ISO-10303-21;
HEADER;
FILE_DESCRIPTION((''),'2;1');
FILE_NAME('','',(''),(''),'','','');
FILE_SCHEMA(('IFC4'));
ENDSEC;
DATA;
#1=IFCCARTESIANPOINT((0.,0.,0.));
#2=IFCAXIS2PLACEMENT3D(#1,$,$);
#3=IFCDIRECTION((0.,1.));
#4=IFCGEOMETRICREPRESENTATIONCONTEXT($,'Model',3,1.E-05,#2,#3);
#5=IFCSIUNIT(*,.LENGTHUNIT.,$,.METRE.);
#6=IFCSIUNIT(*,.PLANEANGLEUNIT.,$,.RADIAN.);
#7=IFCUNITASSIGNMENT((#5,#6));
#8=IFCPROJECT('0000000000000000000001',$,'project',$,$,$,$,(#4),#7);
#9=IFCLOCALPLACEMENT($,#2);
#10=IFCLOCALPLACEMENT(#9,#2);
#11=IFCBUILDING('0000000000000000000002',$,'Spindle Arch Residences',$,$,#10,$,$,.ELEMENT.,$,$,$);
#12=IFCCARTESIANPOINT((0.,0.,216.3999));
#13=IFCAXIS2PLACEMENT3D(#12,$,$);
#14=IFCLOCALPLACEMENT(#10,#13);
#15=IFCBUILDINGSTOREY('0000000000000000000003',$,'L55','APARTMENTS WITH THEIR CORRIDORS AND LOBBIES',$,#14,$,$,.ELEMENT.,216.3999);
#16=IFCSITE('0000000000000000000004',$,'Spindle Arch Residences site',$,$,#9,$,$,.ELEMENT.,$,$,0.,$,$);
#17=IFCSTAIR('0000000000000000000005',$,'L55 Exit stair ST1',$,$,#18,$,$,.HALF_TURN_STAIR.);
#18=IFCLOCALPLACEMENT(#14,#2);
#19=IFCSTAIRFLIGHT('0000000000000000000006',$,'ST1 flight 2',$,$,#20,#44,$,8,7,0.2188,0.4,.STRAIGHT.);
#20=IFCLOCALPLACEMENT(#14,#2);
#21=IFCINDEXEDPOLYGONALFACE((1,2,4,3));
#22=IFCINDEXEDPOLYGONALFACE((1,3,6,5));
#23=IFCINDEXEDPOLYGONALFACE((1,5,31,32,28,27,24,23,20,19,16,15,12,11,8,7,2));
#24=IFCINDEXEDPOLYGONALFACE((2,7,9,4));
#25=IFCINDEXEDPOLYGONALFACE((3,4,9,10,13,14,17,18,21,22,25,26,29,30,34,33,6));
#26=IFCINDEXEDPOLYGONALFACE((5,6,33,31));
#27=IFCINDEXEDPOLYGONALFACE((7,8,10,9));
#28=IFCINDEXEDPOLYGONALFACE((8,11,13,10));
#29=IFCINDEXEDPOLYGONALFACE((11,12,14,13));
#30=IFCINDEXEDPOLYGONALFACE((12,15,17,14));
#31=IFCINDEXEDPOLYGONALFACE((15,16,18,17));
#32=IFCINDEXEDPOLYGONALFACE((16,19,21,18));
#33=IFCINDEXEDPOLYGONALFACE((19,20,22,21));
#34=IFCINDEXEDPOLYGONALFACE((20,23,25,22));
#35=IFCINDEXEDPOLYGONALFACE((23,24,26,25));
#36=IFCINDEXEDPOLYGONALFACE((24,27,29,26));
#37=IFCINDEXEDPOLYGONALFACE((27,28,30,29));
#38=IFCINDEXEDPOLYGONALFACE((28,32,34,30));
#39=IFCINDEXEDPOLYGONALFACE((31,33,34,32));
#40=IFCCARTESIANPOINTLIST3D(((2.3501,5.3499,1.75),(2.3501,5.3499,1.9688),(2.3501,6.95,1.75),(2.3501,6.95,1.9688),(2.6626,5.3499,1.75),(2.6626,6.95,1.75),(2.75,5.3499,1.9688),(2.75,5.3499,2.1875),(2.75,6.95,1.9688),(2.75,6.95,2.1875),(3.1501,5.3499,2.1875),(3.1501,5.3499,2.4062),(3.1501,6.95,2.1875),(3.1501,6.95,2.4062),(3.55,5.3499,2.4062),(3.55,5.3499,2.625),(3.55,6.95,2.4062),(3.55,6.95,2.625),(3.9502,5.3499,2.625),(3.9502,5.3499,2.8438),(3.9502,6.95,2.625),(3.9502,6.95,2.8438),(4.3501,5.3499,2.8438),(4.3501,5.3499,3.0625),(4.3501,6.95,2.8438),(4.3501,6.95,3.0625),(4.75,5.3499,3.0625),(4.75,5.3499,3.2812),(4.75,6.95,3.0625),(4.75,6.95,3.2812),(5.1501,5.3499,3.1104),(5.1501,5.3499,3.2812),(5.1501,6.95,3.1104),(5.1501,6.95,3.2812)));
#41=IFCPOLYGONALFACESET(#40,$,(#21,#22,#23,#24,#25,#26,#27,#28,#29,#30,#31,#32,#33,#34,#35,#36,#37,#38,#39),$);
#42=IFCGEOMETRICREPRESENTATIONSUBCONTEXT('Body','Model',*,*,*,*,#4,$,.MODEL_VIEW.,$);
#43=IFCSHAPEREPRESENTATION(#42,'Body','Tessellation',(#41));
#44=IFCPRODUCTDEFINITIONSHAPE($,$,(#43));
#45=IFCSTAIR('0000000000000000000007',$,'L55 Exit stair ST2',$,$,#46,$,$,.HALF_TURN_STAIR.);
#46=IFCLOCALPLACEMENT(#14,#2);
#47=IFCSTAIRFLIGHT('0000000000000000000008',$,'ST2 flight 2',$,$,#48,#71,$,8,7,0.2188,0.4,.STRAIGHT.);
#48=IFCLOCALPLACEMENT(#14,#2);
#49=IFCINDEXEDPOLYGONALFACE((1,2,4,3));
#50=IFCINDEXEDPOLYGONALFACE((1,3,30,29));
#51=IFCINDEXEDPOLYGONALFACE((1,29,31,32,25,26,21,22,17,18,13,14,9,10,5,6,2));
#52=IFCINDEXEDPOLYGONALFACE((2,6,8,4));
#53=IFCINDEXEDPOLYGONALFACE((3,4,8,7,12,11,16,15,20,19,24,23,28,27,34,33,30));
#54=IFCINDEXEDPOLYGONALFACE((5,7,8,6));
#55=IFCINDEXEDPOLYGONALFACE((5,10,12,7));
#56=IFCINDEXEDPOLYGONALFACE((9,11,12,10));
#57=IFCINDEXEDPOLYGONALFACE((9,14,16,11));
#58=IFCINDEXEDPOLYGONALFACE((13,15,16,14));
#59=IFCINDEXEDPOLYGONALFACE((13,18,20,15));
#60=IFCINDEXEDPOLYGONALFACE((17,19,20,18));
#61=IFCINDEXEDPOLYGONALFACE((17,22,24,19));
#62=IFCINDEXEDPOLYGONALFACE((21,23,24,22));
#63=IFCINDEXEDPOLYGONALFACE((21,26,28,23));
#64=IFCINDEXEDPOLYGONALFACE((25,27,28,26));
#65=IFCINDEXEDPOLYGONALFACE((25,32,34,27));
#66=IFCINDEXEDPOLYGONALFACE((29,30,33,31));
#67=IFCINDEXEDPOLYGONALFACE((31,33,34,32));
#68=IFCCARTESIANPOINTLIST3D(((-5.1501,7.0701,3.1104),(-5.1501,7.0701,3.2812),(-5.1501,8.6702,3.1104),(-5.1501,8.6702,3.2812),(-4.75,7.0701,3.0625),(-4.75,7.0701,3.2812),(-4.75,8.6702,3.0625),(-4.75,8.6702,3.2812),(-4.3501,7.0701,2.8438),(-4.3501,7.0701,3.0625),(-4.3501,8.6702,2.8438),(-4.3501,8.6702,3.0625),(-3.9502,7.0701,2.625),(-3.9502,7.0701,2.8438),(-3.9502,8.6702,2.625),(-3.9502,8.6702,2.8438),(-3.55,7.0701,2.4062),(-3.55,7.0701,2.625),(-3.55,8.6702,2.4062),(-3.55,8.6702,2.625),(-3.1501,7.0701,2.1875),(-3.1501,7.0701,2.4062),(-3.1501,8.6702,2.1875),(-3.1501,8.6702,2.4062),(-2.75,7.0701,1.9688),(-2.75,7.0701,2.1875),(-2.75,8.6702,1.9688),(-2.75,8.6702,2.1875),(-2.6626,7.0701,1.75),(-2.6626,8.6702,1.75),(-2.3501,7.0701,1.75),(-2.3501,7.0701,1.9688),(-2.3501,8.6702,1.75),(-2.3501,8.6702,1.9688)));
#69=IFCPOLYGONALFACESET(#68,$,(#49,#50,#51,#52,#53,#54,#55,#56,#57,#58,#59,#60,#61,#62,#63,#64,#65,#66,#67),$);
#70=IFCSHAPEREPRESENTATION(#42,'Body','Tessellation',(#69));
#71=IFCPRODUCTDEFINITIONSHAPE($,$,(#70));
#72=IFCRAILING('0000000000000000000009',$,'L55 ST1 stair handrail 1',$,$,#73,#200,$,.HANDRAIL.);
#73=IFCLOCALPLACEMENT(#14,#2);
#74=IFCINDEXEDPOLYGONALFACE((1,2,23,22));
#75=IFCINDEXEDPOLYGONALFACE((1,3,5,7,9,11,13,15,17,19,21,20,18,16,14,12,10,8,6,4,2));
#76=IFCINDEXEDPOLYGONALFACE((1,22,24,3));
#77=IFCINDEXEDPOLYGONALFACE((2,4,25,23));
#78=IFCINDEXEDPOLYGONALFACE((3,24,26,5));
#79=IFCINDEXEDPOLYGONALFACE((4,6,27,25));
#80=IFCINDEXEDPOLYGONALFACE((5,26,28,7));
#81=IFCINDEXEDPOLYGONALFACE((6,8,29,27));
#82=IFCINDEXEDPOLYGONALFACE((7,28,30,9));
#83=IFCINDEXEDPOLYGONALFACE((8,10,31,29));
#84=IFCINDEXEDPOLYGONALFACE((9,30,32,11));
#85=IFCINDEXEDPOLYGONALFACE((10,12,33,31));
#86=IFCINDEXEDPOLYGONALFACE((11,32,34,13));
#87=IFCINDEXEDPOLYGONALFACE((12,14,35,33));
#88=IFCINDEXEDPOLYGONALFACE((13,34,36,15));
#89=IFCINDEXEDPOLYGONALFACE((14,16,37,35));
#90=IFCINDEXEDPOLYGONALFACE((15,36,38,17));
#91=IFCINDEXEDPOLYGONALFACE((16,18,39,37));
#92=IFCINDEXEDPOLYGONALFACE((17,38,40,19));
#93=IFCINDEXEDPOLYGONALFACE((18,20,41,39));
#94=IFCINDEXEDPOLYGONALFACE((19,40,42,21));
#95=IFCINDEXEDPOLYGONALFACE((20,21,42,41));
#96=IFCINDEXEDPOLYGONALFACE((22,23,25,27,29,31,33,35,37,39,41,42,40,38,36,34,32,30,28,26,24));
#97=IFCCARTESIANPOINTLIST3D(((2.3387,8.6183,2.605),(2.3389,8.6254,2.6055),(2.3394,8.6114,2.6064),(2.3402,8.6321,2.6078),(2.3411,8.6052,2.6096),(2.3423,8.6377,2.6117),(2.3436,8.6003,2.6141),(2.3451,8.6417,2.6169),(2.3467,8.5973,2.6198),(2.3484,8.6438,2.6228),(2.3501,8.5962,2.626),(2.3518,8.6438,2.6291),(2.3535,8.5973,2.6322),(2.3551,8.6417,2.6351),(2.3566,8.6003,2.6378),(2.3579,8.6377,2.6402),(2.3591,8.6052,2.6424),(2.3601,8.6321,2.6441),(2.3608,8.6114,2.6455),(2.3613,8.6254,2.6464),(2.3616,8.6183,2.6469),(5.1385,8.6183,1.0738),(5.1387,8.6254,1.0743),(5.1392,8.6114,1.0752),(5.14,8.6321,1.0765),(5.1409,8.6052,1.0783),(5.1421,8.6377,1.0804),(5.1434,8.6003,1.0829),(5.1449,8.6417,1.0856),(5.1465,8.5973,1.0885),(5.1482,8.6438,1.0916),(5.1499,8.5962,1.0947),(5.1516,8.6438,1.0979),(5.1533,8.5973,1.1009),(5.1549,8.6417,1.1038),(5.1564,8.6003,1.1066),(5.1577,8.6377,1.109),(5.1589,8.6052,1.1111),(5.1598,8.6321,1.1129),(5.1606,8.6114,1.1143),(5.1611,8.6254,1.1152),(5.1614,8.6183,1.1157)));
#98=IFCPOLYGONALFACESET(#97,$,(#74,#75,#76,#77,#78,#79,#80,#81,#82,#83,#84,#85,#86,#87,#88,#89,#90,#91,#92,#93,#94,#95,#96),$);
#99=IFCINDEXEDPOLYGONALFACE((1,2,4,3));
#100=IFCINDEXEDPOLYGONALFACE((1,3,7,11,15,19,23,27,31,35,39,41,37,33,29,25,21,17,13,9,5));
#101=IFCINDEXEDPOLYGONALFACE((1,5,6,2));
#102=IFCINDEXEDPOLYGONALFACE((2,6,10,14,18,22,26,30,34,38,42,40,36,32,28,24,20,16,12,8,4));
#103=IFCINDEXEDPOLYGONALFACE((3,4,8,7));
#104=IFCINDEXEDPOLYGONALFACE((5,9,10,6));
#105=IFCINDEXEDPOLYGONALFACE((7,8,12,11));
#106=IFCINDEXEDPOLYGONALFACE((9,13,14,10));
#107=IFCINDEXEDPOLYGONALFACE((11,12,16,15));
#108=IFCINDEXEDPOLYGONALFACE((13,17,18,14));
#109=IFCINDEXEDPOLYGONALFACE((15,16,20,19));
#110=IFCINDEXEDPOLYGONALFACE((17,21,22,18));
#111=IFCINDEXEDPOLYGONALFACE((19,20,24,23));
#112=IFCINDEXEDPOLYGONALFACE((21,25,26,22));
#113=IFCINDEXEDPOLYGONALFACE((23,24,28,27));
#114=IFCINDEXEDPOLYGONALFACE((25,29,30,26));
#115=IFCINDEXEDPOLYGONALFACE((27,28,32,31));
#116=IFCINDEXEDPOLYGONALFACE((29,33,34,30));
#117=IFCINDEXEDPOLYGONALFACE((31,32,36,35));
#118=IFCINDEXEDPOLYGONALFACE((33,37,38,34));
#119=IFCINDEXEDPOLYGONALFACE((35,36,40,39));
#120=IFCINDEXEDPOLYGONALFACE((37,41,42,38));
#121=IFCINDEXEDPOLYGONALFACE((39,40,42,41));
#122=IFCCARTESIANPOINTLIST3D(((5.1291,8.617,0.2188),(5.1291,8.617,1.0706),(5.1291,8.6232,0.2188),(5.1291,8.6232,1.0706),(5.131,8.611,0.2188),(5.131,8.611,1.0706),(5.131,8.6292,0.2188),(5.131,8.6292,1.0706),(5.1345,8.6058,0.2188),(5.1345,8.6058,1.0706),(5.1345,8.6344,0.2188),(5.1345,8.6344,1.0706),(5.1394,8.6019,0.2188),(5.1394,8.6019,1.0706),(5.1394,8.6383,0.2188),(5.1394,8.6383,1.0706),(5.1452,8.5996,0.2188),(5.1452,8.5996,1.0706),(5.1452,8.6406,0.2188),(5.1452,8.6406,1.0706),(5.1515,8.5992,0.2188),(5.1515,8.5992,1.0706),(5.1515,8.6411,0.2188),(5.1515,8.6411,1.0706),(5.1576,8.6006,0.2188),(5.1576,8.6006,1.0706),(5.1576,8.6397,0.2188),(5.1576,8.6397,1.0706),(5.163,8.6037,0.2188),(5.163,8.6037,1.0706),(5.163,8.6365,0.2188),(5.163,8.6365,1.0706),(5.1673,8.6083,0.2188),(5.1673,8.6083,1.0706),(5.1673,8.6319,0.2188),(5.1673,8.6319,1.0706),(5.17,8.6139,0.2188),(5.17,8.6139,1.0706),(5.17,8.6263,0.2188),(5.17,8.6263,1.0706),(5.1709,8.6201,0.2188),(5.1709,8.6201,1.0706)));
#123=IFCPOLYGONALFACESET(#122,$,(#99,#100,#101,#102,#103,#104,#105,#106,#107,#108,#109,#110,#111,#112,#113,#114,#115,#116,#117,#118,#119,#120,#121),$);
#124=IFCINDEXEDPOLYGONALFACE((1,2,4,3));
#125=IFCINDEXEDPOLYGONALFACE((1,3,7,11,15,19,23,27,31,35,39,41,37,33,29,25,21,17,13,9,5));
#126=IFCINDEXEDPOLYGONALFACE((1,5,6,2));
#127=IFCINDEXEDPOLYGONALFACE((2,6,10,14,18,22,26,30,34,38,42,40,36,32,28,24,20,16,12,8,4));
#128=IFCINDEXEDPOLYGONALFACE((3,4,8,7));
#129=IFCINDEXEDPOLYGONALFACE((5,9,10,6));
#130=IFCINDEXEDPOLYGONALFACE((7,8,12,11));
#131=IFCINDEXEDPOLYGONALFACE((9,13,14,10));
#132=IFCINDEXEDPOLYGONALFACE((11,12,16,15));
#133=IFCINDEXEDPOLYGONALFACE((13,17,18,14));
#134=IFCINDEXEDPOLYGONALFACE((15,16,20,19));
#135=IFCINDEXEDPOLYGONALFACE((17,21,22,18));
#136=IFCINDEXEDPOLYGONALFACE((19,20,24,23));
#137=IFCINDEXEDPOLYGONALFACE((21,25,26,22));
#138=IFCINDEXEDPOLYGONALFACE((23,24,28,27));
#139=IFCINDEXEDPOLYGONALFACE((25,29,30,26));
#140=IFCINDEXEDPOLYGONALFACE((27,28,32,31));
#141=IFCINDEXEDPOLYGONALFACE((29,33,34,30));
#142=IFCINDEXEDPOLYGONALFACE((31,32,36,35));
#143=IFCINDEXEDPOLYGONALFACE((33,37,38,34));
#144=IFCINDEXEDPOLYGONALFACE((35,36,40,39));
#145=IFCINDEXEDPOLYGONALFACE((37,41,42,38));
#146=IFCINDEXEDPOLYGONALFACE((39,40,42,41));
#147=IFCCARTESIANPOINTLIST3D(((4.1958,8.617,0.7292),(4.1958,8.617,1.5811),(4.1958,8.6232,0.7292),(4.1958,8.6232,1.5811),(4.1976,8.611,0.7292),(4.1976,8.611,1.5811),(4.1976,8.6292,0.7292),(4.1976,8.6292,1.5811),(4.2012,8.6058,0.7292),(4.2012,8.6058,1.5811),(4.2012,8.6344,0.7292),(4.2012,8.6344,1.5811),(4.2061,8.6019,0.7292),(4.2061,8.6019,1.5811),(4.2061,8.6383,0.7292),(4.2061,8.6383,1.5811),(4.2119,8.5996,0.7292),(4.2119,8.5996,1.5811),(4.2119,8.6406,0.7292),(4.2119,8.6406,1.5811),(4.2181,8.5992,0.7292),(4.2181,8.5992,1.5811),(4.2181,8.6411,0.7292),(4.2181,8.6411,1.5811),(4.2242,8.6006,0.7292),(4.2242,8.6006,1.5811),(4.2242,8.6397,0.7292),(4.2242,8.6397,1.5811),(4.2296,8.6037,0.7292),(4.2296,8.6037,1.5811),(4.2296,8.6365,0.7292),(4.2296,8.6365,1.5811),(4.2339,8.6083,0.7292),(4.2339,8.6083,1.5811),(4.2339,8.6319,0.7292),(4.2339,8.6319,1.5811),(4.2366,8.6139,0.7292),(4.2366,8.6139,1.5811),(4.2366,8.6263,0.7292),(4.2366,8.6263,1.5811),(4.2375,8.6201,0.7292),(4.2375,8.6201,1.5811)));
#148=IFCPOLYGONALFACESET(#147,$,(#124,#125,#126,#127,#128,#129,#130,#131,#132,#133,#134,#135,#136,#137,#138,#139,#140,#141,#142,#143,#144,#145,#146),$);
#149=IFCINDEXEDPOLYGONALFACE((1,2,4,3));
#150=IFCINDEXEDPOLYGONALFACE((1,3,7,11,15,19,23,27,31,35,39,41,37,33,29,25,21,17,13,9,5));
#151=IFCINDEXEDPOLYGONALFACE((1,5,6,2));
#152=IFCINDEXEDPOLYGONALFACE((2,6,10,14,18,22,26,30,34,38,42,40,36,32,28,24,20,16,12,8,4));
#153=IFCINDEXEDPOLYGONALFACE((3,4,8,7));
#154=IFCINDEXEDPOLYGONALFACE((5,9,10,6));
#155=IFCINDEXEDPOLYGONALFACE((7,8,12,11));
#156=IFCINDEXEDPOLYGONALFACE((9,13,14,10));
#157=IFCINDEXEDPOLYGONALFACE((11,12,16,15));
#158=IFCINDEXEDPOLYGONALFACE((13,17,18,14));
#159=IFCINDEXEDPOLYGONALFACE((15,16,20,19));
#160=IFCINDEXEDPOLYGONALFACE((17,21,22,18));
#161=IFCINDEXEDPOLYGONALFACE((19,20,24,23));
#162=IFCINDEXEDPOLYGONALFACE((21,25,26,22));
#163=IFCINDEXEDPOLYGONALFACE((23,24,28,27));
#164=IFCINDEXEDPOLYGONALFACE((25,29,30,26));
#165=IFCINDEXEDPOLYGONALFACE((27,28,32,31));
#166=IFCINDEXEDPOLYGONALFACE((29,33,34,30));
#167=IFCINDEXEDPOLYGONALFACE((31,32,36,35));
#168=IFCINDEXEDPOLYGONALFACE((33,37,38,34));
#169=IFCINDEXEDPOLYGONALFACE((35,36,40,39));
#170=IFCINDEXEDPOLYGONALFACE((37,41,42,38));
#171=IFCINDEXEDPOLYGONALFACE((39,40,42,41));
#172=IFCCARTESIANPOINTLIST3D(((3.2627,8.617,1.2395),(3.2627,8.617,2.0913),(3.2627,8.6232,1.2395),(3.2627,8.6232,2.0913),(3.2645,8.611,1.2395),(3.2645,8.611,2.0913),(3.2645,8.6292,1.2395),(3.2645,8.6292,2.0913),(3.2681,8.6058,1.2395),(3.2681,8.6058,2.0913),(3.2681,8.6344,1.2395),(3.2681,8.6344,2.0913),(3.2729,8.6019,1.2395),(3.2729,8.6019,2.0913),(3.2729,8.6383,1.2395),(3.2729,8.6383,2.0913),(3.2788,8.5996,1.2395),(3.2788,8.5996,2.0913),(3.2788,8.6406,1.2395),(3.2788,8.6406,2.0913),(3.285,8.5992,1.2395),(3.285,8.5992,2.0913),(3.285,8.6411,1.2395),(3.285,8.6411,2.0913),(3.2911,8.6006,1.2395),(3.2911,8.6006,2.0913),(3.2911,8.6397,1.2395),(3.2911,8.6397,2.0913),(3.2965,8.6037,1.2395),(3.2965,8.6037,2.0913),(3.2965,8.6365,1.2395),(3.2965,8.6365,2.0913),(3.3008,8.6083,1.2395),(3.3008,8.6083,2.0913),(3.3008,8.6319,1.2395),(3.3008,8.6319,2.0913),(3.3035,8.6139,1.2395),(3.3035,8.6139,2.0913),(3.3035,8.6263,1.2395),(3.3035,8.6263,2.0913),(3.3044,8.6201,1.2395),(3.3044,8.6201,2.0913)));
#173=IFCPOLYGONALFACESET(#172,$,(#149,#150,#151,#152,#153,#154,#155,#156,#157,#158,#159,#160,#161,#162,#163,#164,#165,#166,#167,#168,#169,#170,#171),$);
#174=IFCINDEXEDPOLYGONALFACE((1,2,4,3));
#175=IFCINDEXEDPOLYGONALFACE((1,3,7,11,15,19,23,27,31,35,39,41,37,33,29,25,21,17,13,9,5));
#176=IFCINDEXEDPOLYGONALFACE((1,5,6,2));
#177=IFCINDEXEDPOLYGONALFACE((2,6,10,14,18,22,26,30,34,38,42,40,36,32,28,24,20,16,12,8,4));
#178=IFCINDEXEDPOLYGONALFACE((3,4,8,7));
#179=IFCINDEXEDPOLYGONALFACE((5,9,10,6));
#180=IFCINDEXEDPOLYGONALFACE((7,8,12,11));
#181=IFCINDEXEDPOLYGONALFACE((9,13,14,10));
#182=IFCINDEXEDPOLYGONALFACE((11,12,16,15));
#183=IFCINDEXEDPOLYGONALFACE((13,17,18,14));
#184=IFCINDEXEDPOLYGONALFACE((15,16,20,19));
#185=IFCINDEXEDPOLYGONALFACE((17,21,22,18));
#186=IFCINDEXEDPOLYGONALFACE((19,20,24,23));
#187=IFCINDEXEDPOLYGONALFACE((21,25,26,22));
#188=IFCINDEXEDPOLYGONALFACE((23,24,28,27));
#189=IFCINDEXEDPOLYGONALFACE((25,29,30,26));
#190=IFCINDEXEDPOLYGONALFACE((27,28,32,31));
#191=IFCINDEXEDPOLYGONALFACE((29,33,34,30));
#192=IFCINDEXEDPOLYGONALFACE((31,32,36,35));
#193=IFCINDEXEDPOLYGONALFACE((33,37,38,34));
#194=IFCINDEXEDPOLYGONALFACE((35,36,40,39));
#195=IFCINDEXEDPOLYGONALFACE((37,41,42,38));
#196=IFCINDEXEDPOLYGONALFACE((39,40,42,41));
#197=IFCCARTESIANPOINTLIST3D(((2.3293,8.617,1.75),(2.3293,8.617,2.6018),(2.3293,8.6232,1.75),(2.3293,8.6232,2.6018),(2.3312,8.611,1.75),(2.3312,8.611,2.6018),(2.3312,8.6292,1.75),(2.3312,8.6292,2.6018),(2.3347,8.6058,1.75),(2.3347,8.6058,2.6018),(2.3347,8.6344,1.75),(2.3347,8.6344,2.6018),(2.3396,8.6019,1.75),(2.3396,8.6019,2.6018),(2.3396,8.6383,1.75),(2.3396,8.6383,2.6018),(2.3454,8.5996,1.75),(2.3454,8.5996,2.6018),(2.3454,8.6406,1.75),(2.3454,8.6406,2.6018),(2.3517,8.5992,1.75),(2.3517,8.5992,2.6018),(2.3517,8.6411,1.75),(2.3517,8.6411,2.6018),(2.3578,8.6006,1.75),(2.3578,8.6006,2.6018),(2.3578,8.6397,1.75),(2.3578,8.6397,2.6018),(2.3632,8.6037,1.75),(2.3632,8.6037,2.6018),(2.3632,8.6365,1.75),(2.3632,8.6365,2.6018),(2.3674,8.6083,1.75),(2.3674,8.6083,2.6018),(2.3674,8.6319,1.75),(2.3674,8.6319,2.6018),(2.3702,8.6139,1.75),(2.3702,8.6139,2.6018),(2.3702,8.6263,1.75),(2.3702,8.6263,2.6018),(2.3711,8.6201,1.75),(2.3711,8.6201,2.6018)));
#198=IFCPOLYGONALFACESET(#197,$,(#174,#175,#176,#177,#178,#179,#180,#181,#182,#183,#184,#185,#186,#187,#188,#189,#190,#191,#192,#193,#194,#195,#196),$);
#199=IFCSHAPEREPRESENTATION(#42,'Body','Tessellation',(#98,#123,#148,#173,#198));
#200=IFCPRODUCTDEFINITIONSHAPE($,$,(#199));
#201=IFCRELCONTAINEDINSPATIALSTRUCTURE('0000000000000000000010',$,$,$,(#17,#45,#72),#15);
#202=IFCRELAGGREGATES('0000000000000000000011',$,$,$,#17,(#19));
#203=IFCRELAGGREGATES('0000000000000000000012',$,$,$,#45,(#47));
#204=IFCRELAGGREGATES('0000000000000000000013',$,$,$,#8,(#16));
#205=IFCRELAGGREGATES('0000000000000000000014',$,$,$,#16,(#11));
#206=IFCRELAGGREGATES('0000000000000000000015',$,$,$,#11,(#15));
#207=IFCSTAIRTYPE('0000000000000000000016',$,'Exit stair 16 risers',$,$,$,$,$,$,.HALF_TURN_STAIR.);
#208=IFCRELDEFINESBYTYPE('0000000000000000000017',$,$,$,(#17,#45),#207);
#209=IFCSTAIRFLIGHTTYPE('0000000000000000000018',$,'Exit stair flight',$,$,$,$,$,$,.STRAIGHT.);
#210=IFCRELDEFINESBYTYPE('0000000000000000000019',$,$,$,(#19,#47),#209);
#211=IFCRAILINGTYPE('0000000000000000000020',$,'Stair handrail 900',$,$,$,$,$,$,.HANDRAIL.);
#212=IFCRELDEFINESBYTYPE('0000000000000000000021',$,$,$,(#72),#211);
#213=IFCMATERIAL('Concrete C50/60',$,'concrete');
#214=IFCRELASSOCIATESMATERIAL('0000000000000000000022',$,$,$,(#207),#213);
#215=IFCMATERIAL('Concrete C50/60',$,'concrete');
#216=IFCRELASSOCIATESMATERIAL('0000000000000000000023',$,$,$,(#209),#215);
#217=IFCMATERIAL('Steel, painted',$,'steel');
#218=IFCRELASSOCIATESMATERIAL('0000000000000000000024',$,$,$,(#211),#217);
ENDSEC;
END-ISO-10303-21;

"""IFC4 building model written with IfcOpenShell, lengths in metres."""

from ifc_helpers import new_model, si_unit, direction, frame, origin, origin_2d, place, context, subcontext, project, spatial, polyline, circle, outline, extrude, material, type_object, element, aggregate, save


model = new_model("IFC4")

# Units and contexts
model_context = context("Model", 3, precision=1e-05, world=origin(), true_north=direction((0.0, 1.0)))
body_context = subcontext(model_context, "Body", "Model", "MODEL_VIEW")
ifc_project = project(units=[si_unit("LENGTHUNIT", "METRE"), si_unit("PLANEANGLEUNIT", "RADIAN")], contexts=[model_context])

# Site, building, storey
site_placement = place(None, origin())
site = spatial("IfcSite", under=ifc_project, at=site_placement, Name="Spindle Arch Residences site", CompositionType="ELEMENT", RefElevation=0.0)
building_placement = place(site_placement, origin())
building = spatial("IfcBuilding", under=site, at=building_placement, Name="Spindle Arch Residences", CompositionType="ELEMENT")
storey_placement = place(building_placement, frame((0.0, 0.0, 216.3999)))
storey = spatial("IfcBuildingStorey", under=building, at=storey_placement, Name="L55", Description="APARTMENTS WITH THEIR CORRIDORS AND LOBBIES", CompositionType="ELEMENT", Elevation=216.3999)

# Stair, stair flight
ifc_material_1 = material(Name="Concrete C50/60", Category="concrete")
stair_type = type_object("IfcStairType", Name="Exit stair 16 risers", PredefinedType="HALF_TURN_STAIR", material=ifc_material_1)
stair_1_placement = place(storey_placement, origin())
stair_1 = element("IfcStair", 1, at=stair_1_placement, inside=storey, type_object=stair_type, Name="L55 Exit stair ST1", PredefinedType="HALF_TURN_STAIR")
ifc_material_2 = material(Name="Concrete C50/60", Category="concrete")
stair_flight_type = type_object("IfcStairFlightType", Name="Exit stair flight", PredefinedType="STRAIGHT", material=ifc_material_2)
stair_flight_1_placement = place(storey_placement, frame((2.3501, 6.1499, 1.75), z_axis=(0.0, 0.0, 1.0), x_axis=(1.0, 0.0, 0.0)))
stair_flight_1 = element("IfcStairFlight", 2, at=stair_flight_1_placement, type_object=stair_flight_type, Name="ST1 flight 2", NumberOfRisers=8, NumberOfTreads=7, PredefinedType="STRAIGHT", RiserHeight=0.2188, TreadLength=0.4, context=body_context, shape_type="SweptSolid", body=[
    extrude(outline(polyline([(0.0, 0.0), (0.0, 0.2188), (0.3999, 0.2188), (0.3999, 0.4375), (0.8, 0.4375), (0.8, 0.6562), (1.2, 0.6562), (1.2, 0.875), (1.6001, 0.875), (1.6001, 1.0938), (2.0, 1.0938), (2.0, 1.3125), (2.3999, 1.3125), (2.3999, 1.5312), (2.8, 1.5312), (2.8, 1.75), (2.8, 1.3604), (0.3125, 0.0), (0.0, 0.0)])), frame((0.0, 0.8, 0.0), z_axis=(0.0, -1.0, 0.0), x_axis=(1.0, 0.0, 0.0)), (0.0, 0.0, 1.0), 1.6001),
])
aggregate(stair_1, [stair_flight_1])

# Stair, stair flight
stair_2_placement = place(storey_placement, origin())
stair_2 = element("IfcStair", 3, at=stair_2_placement, inside=storey, type_object=stair_type, Name="L55 Exit stair ST2", PredefinedType="HALF_TURN_STAIR")
stair_flight_2_placement = place(storey_placement, frame((-2.3501, 7.8701, 1.75), z_axis=(0.0, 0.0, 1.0), x_axis=(-1.0, 0.0, 0.0)))
stair_flight_2 = element("IfcStairFlight", 4, at=stair_flight_2_placement, type_object=stair_flight_type, Name="ST2 flight 2", NumberOfRisers=8, NumberOfTreads=7, PredefinedType="STRAIGHT", RiserHeight=0.2188, TreadLength=0.4, context=body_context, shape_type="SweptSolid", body=[
    extrude(outline(polyline([(0.0, 0.0), (0.0, 0.2188), (0.3999, 0.2188), (0.3999, 0.4375), (0.8, 0.4375), (0.8, 0.6562), (1.2, 0.6562), (1.2, 0.875), (1.6001, 0.875), (1.6001, 1.0938), (2.0, 1.0938), (2.0, 1.3125), (2.3999, 1.3125), (2.3999, 1.5312), (2.8, 1.5312), (2.8, 1.75), (2.8, 1.3604), (0.3125, 0.0), (0.0, 0.0)])), frame((0.0, 0.8, 0.0), z_axis=(0.0, -1.0, 0.0), x_axis=(1.0, 0.0, 0.0)), (0.0, 0.0, 1.0), 1.6001),
])
aggregate(stair_2, [stair_flight_2])

# Railing
ifc_material_3 = material(Name="Steel, painted", Category="steel")
railing_type_1 = type_object("IfcRailingType", Name="Stair handrail 900", PredefinedType="HANDRAIL", material=ifc_material_3)
railing_1_placement = place(storey_placement, frame((5.1499, 8.6201, 0.2188)))
element("IfcRailing", 5, at=railing_1_placement, inside=storey, type_object=railing_type_1, Name="L55 ST1 stair handrail 1", PredefinedType="HANDRAIL", context=body_context, shape_type="SweptSolid", body=[
    extrude(circle(Radius=0.0239, at=origin_2d()), frame((0.0, 0.0, 0.876), z_axis=(-0.877357, 0.0, 0.479838), x_axis=(0.0, -1.0, 0.0)), (0.0, 0.0, 1.0), 3.1912),
    extrude(circle(Radius=0.021, at=origin_2d()), origin(), (0.0, 0.0, 1.0), 0.8518),
    extrude(circle(Radius=0.021, at=origin_2d()), frame((-0.9333, 0.0, 0.5105)), (0.0, 0.0, 1.0), 0.8518),
    extrude(circle(Radius=0.021, at=origin_2d()), frame((-1.8665, 0.0, 1.0208)), (0.0, 0.0, 1.0), 0.8518),
    extrude(circle(Radius=0.021, at=origin_2d()), frame((-2.7998, 0.0, 1.5312)), (0.0, 0.0, 1.0), 0.8518),
])

save(model, "model.ifc")
